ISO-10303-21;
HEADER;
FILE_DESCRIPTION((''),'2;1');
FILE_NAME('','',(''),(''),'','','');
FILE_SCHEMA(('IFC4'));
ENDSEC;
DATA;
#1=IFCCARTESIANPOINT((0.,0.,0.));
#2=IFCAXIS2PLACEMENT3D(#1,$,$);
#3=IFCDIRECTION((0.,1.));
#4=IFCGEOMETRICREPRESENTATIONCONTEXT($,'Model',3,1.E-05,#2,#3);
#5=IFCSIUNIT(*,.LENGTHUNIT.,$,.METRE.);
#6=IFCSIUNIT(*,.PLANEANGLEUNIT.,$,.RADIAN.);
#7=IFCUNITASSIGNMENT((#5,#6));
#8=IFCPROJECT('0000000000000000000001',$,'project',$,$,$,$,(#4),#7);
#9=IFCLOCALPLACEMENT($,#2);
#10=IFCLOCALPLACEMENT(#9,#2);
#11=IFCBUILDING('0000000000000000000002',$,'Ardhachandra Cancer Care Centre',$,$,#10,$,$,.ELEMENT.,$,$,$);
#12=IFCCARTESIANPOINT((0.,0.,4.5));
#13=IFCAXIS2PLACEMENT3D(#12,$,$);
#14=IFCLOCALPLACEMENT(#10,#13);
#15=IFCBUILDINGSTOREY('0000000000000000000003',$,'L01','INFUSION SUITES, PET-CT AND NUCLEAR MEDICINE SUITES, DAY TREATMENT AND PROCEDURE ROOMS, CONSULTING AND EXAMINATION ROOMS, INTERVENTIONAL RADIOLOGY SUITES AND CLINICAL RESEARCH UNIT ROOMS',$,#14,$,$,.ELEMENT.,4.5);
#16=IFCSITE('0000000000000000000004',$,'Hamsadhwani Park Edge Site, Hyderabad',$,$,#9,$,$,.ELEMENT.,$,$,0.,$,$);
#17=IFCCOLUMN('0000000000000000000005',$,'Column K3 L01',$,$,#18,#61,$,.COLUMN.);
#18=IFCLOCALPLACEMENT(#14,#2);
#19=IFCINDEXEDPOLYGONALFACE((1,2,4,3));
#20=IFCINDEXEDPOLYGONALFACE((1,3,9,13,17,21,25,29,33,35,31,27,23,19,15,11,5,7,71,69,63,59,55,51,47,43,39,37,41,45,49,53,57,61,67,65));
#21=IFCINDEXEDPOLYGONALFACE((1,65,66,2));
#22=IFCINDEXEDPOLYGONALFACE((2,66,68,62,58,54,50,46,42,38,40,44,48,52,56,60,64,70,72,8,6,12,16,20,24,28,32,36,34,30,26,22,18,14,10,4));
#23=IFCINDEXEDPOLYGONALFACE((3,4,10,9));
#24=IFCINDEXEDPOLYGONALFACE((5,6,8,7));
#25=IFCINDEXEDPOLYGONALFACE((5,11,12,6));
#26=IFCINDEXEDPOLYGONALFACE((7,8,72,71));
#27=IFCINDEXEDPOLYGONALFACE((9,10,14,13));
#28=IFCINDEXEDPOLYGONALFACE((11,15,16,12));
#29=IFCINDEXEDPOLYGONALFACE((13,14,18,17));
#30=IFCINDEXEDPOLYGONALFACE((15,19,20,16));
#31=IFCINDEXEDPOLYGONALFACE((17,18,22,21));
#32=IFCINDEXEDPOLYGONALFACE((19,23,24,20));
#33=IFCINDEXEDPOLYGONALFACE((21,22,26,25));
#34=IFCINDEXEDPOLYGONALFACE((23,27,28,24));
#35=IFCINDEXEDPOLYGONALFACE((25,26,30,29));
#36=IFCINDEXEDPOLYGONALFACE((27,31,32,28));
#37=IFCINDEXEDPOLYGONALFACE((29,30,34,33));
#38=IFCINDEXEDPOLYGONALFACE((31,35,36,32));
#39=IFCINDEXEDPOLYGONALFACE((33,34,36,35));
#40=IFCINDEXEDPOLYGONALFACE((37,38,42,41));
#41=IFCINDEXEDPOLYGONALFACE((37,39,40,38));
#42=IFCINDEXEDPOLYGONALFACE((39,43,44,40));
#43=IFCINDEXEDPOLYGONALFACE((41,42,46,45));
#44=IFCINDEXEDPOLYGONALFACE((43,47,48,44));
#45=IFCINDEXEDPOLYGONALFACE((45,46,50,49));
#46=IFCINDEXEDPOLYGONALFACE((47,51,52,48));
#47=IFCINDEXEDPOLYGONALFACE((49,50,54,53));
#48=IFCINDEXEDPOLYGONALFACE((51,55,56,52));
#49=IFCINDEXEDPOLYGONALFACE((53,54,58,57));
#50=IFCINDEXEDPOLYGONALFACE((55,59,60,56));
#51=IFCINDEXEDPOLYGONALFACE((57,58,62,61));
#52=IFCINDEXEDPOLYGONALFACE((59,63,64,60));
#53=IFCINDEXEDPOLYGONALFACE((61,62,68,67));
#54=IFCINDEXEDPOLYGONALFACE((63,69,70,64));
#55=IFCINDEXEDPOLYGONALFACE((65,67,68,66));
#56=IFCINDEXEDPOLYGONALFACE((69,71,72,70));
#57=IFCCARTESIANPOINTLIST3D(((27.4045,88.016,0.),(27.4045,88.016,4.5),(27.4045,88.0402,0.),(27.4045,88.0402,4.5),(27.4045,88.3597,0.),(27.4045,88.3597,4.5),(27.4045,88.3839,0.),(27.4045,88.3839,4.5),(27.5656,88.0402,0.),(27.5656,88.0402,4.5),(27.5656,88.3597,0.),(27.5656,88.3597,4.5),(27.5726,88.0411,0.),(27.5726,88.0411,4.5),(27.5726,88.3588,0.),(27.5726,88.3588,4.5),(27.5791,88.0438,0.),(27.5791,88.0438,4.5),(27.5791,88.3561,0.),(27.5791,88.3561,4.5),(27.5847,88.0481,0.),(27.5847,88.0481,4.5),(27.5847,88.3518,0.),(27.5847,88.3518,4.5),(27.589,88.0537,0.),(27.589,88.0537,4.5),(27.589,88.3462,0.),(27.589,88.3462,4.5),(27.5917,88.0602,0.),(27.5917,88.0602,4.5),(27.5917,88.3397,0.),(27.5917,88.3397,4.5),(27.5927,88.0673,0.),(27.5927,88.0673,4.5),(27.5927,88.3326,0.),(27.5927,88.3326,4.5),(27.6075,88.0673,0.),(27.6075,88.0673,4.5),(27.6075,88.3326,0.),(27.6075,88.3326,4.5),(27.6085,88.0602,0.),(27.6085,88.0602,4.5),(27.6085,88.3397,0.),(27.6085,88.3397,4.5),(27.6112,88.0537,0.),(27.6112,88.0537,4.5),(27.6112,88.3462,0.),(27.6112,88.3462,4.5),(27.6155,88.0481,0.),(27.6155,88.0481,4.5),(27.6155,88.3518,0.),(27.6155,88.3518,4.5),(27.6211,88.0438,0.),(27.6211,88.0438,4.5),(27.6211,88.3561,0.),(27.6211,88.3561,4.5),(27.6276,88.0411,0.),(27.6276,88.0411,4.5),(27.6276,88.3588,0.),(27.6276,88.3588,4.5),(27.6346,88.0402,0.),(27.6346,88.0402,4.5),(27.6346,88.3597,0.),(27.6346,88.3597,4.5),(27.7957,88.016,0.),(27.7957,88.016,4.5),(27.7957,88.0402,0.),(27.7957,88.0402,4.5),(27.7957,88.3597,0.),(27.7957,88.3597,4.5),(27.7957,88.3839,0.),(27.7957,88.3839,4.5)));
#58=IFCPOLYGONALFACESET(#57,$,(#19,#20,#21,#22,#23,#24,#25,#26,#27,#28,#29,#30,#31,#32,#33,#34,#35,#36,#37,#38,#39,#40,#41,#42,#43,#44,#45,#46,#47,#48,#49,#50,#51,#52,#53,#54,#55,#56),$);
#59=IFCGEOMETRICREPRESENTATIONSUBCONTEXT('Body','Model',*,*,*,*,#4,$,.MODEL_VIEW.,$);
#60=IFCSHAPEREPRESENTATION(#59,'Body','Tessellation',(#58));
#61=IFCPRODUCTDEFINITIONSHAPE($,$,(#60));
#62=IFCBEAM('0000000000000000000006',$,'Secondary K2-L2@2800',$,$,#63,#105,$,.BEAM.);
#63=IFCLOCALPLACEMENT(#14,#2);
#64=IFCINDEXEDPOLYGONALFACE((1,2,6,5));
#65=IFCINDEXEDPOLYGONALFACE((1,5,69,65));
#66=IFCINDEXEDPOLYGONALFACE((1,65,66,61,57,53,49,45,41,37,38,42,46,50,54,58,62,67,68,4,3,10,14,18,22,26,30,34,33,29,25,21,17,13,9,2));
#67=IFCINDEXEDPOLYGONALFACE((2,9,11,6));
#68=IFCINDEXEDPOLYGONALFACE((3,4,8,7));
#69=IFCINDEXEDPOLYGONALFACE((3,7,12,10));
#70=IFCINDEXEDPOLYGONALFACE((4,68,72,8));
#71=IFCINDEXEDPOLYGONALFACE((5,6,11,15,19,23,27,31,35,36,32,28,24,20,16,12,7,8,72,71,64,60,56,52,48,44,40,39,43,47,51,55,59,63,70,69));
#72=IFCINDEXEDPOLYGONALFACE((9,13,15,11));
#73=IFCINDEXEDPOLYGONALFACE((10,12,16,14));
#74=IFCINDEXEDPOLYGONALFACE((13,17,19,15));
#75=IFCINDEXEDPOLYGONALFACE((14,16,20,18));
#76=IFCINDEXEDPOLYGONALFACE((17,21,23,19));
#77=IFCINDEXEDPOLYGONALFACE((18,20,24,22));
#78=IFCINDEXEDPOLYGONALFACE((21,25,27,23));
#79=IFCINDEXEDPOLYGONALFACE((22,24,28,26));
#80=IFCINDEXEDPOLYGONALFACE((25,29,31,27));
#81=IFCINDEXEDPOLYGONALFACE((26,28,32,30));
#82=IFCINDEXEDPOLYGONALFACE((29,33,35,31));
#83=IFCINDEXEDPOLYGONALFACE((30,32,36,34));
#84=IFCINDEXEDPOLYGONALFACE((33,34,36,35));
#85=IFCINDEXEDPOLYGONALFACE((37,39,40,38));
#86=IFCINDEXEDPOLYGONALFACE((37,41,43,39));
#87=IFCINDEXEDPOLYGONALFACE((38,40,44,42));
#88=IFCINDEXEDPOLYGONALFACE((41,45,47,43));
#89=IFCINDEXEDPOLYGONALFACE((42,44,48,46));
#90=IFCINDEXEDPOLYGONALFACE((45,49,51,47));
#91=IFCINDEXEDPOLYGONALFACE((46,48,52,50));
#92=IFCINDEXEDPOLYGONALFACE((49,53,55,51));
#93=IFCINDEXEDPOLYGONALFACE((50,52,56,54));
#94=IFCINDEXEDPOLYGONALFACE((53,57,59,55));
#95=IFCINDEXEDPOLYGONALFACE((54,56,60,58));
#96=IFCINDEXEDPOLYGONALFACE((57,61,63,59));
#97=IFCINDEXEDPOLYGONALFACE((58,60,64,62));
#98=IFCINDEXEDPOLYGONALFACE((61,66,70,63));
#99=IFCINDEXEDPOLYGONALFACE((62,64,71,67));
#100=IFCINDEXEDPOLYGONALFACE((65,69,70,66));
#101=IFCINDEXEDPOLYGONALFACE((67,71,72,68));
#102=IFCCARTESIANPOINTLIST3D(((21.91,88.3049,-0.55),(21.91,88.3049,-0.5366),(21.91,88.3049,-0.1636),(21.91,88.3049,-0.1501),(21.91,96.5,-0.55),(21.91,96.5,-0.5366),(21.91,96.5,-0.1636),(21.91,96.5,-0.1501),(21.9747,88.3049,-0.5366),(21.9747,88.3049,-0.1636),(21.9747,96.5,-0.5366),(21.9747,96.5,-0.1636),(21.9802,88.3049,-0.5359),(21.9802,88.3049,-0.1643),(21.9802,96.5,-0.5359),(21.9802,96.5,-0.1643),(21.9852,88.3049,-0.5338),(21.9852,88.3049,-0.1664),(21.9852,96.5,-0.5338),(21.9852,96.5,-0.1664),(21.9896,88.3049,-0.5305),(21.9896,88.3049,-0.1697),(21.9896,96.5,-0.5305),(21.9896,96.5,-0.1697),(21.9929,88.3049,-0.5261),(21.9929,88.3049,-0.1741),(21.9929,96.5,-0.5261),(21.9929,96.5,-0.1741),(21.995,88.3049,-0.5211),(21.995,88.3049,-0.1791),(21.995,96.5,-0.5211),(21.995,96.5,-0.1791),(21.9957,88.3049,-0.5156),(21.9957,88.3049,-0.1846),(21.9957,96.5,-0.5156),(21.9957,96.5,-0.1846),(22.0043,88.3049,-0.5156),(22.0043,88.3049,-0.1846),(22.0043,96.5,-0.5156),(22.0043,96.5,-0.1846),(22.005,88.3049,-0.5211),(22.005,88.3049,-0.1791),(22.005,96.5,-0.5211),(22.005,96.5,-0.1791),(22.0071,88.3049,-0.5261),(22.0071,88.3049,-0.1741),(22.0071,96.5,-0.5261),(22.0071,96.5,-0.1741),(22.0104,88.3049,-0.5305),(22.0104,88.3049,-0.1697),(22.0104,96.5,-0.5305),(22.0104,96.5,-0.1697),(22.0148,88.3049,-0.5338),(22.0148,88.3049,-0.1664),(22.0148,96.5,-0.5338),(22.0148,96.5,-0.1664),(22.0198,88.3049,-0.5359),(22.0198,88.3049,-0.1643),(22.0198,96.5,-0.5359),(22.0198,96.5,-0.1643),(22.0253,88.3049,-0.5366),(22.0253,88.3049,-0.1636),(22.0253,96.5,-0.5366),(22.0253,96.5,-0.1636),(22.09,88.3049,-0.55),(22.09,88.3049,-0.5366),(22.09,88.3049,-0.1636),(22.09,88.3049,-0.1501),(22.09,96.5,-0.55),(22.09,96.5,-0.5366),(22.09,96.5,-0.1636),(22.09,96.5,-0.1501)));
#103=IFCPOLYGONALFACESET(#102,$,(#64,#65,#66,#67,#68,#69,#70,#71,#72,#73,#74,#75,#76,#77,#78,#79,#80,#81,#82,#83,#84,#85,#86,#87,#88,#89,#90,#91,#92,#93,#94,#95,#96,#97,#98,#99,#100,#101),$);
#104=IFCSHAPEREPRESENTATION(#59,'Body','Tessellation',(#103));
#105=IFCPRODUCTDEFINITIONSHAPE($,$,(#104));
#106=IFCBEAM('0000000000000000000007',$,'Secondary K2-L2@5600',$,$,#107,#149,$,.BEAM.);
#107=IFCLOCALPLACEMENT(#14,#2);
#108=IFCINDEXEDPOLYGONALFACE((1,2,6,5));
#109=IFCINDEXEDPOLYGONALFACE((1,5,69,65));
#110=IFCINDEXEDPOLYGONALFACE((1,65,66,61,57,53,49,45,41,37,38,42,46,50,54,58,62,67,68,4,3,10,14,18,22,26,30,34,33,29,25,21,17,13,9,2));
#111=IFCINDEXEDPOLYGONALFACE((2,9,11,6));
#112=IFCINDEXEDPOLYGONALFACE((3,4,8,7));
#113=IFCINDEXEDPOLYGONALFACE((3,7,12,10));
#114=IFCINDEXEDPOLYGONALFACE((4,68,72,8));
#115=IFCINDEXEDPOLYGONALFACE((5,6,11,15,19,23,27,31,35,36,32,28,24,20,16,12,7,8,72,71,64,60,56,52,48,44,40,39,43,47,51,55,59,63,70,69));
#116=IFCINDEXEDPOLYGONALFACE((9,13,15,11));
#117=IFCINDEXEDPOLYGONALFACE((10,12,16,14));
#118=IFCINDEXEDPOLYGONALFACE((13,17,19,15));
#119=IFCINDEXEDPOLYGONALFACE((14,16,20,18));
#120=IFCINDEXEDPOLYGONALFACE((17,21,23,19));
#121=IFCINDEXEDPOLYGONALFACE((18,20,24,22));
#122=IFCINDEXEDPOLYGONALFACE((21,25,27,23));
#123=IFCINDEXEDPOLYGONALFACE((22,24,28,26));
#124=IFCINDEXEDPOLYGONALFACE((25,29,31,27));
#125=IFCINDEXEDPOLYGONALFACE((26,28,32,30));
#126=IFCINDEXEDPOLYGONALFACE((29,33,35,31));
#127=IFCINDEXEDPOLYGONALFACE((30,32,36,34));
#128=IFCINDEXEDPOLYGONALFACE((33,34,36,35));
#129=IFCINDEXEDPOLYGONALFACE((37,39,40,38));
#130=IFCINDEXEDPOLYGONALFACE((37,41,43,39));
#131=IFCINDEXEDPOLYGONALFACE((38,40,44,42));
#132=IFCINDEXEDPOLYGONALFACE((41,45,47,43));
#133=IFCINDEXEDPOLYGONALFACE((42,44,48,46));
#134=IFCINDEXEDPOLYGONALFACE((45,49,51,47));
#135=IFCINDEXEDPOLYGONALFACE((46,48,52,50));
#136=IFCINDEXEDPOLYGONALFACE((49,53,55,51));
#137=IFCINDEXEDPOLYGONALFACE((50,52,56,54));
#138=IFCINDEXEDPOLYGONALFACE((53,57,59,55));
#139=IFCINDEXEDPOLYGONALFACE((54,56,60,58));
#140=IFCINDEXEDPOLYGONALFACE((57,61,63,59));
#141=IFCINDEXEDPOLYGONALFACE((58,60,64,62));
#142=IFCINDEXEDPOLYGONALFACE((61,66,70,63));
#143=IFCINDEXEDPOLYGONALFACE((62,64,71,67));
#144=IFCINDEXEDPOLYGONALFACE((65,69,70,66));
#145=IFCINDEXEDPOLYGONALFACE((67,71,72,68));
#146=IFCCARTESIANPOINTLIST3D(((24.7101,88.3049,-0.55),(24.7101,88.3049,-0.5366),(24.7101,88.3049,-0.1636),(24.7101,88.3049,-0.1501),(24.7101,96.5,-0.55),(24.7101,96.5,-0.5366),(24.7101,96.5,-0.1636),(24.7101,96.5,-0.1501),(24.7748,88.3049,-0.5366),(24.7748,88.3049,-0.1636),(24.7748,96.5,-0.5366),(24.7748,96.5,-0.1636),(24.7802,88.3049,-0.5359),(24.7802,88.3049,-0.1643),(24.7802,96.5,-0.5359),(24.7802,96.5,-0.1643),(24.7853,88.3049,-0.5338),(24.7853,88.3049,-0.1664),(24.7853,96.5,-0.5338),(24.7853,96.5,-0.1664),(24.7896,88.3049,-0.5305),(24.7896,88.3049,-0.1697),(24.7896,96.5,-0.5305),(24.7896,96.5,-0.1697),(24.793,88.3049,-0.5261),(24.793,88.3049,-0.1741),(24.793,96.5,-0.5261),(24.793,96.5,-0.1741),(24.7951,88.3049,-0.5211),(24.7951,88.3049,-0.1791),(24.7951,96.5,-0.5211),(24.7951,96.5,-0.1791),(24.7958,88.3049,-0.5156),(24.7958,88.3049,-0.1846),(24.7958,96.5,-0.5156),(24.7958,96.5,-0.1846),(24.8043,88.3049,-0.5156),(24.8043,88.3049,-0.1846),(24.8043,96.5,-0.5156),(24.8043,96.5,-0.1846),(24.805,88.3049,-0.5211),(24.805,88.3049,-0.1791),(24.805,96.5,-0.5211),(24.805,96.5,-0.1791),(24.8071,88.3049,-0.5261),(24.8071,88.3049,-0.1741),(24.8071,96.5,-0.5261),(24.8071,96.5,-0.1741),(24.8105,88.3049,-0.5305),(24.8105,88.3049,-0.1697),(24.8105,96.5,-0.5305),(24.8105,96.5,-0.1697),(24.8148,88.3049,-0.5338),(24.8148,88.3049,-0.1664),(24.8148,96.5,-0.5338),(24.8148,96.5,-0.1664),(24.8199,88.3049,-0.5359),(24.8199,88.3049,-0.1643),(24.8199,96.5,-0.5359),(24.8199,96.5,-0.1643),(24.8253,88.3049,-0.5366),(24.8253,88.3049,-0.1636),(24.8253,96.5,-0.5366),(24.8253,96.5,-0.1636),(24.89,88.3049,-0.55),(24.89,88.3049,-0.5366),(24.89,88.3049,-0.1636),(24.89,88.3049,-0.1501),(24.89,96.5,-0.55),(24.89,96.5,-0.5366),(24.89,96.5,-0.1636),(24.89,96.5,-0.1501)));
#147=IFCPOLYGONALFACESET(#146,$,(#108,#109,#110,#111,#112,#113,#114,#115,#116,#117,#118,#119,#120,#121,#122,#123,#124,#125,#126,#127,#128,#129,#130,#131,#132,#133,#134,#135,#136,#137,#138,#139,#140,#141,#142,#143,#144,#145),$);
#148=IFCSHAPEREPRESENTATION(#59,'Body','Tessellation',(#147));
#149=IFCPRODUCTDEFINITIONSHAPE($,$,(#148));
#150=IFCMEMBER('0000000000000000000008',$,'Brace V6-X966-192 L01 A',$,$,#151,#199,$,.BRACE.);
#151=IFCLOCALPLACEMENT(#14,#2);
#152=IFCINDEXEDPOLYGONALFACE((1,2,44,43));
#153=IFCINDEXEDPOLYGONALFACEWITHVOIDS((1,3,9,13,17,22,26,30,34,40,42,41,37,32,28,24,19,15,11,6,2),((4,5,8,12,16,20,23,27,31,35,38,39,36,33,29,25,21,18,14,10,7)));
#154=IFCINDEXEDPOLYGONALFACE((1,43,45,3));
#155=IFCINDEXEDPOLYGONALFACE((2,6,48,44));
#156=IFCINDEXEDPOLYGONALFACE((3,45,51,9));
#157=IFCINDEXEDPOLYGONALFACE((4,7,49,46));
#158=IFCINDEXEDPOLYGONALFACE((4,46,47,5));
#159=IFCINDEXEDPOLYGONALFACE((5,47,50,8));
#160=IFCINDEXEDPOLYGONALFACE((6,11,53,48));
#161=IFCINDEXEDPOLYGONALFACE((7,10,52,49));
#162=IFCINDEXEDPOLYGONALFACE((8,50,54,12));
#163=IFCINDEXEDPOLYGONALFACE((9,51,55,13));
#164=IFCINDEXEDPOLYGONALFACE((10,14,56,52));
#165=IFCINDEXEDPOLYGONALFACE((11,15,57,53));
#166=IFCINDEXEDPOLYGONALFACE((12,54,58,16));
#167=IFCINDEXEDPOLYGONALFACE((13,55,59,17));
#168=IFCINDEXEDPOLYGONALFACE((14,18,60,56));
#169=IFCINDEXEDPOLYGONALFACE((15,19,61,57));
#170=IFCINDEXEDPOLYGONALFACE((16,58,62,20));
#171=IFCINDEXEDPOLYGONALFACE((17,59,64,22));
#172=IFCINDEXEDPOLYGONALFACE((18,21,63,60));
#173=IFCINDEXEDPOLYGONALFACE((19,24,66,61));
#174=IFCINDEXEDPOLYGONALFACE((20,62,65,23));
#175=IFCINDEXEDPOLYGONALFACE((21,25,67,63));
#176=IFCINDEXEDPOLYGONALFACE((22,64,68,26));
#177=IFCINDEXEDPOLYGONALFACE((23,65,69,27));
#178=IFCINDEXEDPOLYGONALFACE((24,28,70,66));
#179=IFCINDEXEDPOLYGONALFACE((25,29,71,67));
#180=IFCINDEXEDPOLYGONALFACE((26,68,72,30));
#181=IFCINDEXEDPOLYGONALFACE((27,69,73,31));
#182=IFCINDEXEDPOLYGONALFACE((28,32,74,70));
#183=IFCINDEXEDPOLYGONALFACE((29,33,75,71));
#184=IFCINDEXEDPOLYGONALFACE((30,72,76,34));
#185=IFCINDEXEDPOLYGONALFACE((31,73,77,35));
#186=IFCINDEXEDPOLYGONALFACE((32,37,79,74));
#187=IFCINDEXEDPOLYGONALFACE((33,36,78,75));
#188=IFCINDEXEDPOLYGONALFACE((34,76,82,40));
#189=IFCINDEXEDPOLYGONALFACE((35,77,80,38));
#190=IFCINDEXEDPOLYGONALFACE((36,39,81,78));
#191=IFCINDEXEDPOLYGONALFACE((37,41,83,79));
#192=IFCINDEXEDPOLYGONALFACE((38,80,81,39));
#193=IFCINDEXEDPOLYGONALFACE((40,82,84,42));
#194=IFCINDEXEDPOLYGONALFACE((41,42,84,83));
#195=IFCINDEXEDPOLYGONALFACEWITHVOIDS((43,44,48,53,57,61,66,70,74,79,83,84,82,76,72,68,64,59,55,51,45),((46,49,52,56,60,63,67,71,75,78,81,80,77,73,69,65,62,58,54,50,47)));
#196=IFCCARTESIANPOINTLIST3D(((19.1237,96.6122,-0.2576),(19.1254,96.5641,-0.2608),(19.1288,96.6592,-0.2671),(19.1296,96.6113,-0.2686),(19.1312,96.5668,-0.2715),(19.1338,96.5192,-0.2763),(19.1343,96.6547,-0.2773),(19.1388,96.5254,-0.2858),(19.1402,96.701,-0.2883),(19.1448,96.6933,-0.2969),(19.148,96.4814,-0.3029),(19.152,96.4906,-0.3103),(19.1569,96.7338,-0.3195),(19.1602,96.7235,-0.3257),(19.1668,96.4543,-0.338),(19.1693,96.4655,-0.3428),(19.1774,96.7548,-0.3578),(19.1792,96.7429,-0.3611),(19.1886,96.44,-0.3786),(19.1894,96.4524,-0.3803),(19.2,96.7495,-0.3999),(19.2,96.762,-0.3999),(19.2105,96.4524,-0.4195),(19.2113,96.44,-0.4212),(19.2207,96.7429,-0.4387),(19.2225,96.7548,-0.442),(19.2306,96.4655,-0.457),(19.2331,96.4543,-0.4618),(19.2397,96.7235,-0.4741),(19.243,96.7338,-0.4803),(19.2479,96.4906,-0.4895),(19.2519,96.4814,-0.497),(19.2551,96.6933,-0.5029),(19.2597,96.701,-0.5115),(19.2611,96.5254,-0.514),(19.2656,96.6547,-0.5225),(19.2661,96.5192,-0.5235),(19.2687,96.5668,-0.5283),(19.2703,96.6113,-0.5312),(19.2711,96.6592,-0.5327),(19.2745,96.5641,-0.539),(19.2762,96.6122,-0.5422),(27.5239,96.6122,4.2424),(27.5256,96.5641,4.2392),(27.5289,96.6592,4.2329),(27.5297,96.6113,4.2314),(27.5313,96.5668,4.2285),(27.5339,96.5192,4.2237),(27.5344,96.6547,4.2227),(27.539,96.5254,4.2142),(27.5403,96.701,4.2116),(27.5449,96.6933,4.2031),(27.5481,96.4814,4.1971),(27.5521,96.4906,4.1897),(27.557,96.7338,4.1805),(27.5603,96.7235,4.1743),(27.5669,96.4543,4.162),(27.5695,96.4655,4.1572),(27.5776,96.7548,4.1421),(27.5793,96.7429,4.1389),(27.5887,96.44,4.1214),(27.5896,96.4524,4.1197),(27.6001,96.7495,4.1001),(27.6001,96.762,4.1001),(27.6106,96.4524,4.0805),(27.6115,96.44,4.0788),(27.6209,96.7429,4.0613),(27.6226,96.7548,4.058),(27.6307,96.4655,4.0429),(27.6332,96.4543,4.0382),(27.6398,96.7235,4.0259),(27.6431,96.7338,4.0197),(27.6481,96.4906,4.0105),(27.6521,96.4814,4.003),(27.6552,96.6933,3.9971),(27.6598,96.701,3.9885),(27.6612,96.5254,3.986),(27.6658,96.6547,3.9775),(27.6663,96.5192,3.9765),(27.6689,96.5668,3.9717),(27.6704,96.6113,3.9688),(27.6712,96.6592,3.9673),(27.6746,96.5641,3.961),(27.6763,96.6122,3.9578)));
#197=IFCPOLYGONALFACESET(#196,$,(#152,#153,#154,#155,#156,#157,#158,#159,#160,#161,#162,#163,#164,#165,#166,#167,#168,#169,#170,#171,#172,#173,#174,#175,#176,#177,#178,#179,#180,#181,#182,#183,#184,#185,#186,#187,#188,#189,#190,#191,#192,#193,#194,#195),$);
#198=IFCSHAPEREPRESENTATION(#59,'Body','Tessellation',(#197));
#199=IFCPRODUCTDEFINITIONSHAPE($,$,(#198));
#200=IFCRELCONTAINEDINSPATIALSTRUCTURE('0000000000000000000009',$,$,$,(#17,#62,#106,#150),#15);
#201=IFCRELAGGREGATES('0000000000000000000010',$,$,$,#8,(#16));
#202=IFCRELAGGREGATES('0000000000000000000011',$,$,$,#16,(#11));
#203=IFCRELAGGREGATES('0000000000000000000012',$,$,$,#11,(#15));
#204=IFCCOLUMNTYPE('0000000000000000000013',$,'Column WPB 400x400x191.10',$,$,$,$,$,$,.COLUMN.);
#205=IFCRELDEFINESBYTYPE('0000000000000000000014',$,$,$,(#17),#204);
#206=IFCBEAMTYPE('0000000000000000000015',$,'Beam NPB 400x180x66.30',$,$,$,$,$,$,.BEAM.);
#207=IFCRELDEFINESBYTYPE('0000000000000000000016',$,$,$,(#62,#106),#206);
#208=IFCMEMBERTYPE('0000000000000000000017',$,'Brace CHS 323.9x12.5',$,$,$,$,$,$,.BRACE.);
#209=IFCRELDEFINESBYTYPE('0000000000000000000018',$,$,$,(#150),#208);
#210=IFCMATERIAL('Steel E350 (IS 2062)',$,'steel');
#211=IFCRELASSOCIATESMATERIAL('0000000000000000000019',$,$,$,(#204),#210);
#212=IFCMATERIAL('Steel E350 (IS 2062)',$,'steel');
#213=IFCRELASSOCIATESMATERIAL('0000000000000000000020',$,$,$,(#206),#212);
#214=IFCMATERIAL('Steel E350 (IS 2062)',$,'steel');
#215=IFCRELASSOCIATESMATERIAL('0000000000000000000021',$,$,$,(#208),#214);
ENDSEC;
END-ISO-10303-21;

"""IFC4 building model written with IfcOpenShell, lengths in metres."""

from ifc_helpers import new_model, si_unit, direction, frame, origin, origin_2d, place, context, subcontext, project, spatial, hollow_circle, i_section, extrude, material, material_profile, profile_set, type_object, element, save


model = new_model("IFC4")

# Units and contexts
model_context = context("Model", 3, precision=1e-05, world=origin(), true_north=direction((0.0, 1.0)))
body_context = subcontext(model_context, "Body", "Model", "MODEL_VIEW")
ifc_project = project(units=[si_unit("LENGTHUNIT", "METRE"), si_unit("PLANEANGLEUNIT", "RADIAN")], contexts=[model_context])

# Site, building, storey
site_placement = place(None, origin())
site = spatial("IfcSite", under=ifc_project, at=site_placement, Name="Hamsadhwani Park Edge Site, Hyderabad", CompositionType="ELEMENT", RefElevation=0.0)
building_placement = place(site_placement, origin())
building = spatial("IfcBuilding", under=site, at=building_placement, Name="Ardhachandra Cancer Care Centre", CompositionType="ELEMENT")
storey_placement = place(building_placement, frame((0.0, 0.0, 4.5)))
storey = spatial("IfcBuildingStorey", under=building, at=storey_placement, Name="L01", Description="INFUSION SUITES, PET-CT AND NUCLEAR MEDICINE SUITES, DAY TREATMENT AND PROCEDURE ROOMS, CONSULTING AND EXAMINATION ROOMS, INTERVENTIONAL RADIOLOGY SUITES AND CLINICAL RESEARCH UNIT ROOMS", CompositionType="ELEMENT", Elevation=4.5)

# Column
ifc_material_1 = material(Name="Steel E350 (IS 2062)", Category="steel")
ifc_material_profile_1 = material_profile(ifc_material_1, i_section(OverallWidth=0.3911, OverallDepth=0.3679, WebThickness=0.0149, FlangeThickness=0.0242, FilletRadius=0.0271, at=origin_2d()), Name="WPB 400x400x191.10")
ifc_profile_set_1 = profile_set([ifc_material_profile_1], Name="Steel E350 (IS 2062)")
column_type = type_object("IfcColumnType", Name="Column WPB 400x400x191.10", PredefinedType="COLUMN", material=ifc_profile_set_1)
column_placement = place(storey_placement, frame((27.6001, 88.2, 0.0), z_axis=(0.0, 0.0, 1.0), x_axis=(1.0, 0.0, 0.0)))
element("IfcColumn", 1, at=column_placement, inside=storey, type_object=column_type, Name="Column K3 L01", PredefinedType="COLUMN", context=body_context, shape_type="SweptSolid", body=[
    extrude(i_section(OverallWidth=0.3911, OverallDepth=0.3679, WebThickness=0.0149, FlangeThickness=0.0242, FilletRadius=0.0271, at=origin_2d()), origin(), (0.0, 0.0, 1.0), 4.5),
])

# Beams
ifc_material_2 = material(Name="Steel E350 (IS 2062)", Category="steel")
ifc_material_profile_2 = material_profile(ifc_material_2, i_section(OverallWidth=0.1799, OverallDepth=0.3999, WebThickness=0.0085, FlangeThickness=0.0134, FilletRadius=0.021, at=origin_2d()), Name="NPB 400x180x66.30")
ifc_profile_set_2 = profile_set([ifc_material_profile_2], Name="Steel E350 (IS 2062)")
beam_type = type_object("IfcBeamType", Name="Beam NPB 400x180x66.30", PredefinedType="BEAM", material=ifc_profile_set_2)
for number, where, z_axis, x_axis, name in (
    (2, (22.0, 88.3049, -0.3501), (0.0, 1.0, 0.0), (-1.0, 0.0, 0.0), "Secondary K2-L2@2800"),
    (3, (24.8, 88.3049, -0.3501), (0.0, 1.0, 0.0), (-1.0, 0.0, 0.0), "Secondary K2-L2@5600"),
):
    element("IfcBeam", number, at=place(storey_placement, frame(where, z_axis=z_axis, x_axis=x_axis)), inside=storey, type_object=beam_type, Name=name, PredefinedType="BEAM", context=body_context, shape_type="SweptSolid", body=[
        extrude(i_section(OverallWidth=0.1799, OverallDepth=0.3999, WebThickness=0.0085, FlangeThickness=0.0134, FilletRadius=0.021, at=origin_2d()), origin(), (0.0, 0.0, 1.0), 8.1951),
    ])

# Member
ifc_material_3 = material(Name="Steel E350 (IS 2062)", Category="steel")
ifc_material_profile_3 = material_profile(ifc_material_3, hollow_circle(Radius=0.1619, WallThickness=0.0125, at=origin_2d()), Name="CHS 323.9x12.5")
ifc_profile_set_3 = profile_set([ifc_material_profile_3], Name="Steel E350 (IS 2062)")
member_type_1 = type_object("IfcMemberType", Name="Brace CHS 323.9x12.5", PredefinedType="BRACE", material=ifc_profile_set_3)
member_1_placement = place(storey_placement, frame((19.2, 96.6001, -0.3999), z_axis=(0.881483, 0.0, 0.472215), x_axis=(0.0, 1.0, 0.0)))
element("IfcMember", 4, at=member_1_placement, inside=storey, type_object=member_type_1, Name="Brace V6-X966-192 L01 A", PredefinedType="BRACE", context=body_context, shape_type="SweptSolid", body=[
    extrude(hollow_circle(Radius=0.1619, WallThickness=0.0125, at=origin_2d()), origin(), (0.0, 0.0, 1.0), 9.5295),
])

save(model, "model.ifc")
